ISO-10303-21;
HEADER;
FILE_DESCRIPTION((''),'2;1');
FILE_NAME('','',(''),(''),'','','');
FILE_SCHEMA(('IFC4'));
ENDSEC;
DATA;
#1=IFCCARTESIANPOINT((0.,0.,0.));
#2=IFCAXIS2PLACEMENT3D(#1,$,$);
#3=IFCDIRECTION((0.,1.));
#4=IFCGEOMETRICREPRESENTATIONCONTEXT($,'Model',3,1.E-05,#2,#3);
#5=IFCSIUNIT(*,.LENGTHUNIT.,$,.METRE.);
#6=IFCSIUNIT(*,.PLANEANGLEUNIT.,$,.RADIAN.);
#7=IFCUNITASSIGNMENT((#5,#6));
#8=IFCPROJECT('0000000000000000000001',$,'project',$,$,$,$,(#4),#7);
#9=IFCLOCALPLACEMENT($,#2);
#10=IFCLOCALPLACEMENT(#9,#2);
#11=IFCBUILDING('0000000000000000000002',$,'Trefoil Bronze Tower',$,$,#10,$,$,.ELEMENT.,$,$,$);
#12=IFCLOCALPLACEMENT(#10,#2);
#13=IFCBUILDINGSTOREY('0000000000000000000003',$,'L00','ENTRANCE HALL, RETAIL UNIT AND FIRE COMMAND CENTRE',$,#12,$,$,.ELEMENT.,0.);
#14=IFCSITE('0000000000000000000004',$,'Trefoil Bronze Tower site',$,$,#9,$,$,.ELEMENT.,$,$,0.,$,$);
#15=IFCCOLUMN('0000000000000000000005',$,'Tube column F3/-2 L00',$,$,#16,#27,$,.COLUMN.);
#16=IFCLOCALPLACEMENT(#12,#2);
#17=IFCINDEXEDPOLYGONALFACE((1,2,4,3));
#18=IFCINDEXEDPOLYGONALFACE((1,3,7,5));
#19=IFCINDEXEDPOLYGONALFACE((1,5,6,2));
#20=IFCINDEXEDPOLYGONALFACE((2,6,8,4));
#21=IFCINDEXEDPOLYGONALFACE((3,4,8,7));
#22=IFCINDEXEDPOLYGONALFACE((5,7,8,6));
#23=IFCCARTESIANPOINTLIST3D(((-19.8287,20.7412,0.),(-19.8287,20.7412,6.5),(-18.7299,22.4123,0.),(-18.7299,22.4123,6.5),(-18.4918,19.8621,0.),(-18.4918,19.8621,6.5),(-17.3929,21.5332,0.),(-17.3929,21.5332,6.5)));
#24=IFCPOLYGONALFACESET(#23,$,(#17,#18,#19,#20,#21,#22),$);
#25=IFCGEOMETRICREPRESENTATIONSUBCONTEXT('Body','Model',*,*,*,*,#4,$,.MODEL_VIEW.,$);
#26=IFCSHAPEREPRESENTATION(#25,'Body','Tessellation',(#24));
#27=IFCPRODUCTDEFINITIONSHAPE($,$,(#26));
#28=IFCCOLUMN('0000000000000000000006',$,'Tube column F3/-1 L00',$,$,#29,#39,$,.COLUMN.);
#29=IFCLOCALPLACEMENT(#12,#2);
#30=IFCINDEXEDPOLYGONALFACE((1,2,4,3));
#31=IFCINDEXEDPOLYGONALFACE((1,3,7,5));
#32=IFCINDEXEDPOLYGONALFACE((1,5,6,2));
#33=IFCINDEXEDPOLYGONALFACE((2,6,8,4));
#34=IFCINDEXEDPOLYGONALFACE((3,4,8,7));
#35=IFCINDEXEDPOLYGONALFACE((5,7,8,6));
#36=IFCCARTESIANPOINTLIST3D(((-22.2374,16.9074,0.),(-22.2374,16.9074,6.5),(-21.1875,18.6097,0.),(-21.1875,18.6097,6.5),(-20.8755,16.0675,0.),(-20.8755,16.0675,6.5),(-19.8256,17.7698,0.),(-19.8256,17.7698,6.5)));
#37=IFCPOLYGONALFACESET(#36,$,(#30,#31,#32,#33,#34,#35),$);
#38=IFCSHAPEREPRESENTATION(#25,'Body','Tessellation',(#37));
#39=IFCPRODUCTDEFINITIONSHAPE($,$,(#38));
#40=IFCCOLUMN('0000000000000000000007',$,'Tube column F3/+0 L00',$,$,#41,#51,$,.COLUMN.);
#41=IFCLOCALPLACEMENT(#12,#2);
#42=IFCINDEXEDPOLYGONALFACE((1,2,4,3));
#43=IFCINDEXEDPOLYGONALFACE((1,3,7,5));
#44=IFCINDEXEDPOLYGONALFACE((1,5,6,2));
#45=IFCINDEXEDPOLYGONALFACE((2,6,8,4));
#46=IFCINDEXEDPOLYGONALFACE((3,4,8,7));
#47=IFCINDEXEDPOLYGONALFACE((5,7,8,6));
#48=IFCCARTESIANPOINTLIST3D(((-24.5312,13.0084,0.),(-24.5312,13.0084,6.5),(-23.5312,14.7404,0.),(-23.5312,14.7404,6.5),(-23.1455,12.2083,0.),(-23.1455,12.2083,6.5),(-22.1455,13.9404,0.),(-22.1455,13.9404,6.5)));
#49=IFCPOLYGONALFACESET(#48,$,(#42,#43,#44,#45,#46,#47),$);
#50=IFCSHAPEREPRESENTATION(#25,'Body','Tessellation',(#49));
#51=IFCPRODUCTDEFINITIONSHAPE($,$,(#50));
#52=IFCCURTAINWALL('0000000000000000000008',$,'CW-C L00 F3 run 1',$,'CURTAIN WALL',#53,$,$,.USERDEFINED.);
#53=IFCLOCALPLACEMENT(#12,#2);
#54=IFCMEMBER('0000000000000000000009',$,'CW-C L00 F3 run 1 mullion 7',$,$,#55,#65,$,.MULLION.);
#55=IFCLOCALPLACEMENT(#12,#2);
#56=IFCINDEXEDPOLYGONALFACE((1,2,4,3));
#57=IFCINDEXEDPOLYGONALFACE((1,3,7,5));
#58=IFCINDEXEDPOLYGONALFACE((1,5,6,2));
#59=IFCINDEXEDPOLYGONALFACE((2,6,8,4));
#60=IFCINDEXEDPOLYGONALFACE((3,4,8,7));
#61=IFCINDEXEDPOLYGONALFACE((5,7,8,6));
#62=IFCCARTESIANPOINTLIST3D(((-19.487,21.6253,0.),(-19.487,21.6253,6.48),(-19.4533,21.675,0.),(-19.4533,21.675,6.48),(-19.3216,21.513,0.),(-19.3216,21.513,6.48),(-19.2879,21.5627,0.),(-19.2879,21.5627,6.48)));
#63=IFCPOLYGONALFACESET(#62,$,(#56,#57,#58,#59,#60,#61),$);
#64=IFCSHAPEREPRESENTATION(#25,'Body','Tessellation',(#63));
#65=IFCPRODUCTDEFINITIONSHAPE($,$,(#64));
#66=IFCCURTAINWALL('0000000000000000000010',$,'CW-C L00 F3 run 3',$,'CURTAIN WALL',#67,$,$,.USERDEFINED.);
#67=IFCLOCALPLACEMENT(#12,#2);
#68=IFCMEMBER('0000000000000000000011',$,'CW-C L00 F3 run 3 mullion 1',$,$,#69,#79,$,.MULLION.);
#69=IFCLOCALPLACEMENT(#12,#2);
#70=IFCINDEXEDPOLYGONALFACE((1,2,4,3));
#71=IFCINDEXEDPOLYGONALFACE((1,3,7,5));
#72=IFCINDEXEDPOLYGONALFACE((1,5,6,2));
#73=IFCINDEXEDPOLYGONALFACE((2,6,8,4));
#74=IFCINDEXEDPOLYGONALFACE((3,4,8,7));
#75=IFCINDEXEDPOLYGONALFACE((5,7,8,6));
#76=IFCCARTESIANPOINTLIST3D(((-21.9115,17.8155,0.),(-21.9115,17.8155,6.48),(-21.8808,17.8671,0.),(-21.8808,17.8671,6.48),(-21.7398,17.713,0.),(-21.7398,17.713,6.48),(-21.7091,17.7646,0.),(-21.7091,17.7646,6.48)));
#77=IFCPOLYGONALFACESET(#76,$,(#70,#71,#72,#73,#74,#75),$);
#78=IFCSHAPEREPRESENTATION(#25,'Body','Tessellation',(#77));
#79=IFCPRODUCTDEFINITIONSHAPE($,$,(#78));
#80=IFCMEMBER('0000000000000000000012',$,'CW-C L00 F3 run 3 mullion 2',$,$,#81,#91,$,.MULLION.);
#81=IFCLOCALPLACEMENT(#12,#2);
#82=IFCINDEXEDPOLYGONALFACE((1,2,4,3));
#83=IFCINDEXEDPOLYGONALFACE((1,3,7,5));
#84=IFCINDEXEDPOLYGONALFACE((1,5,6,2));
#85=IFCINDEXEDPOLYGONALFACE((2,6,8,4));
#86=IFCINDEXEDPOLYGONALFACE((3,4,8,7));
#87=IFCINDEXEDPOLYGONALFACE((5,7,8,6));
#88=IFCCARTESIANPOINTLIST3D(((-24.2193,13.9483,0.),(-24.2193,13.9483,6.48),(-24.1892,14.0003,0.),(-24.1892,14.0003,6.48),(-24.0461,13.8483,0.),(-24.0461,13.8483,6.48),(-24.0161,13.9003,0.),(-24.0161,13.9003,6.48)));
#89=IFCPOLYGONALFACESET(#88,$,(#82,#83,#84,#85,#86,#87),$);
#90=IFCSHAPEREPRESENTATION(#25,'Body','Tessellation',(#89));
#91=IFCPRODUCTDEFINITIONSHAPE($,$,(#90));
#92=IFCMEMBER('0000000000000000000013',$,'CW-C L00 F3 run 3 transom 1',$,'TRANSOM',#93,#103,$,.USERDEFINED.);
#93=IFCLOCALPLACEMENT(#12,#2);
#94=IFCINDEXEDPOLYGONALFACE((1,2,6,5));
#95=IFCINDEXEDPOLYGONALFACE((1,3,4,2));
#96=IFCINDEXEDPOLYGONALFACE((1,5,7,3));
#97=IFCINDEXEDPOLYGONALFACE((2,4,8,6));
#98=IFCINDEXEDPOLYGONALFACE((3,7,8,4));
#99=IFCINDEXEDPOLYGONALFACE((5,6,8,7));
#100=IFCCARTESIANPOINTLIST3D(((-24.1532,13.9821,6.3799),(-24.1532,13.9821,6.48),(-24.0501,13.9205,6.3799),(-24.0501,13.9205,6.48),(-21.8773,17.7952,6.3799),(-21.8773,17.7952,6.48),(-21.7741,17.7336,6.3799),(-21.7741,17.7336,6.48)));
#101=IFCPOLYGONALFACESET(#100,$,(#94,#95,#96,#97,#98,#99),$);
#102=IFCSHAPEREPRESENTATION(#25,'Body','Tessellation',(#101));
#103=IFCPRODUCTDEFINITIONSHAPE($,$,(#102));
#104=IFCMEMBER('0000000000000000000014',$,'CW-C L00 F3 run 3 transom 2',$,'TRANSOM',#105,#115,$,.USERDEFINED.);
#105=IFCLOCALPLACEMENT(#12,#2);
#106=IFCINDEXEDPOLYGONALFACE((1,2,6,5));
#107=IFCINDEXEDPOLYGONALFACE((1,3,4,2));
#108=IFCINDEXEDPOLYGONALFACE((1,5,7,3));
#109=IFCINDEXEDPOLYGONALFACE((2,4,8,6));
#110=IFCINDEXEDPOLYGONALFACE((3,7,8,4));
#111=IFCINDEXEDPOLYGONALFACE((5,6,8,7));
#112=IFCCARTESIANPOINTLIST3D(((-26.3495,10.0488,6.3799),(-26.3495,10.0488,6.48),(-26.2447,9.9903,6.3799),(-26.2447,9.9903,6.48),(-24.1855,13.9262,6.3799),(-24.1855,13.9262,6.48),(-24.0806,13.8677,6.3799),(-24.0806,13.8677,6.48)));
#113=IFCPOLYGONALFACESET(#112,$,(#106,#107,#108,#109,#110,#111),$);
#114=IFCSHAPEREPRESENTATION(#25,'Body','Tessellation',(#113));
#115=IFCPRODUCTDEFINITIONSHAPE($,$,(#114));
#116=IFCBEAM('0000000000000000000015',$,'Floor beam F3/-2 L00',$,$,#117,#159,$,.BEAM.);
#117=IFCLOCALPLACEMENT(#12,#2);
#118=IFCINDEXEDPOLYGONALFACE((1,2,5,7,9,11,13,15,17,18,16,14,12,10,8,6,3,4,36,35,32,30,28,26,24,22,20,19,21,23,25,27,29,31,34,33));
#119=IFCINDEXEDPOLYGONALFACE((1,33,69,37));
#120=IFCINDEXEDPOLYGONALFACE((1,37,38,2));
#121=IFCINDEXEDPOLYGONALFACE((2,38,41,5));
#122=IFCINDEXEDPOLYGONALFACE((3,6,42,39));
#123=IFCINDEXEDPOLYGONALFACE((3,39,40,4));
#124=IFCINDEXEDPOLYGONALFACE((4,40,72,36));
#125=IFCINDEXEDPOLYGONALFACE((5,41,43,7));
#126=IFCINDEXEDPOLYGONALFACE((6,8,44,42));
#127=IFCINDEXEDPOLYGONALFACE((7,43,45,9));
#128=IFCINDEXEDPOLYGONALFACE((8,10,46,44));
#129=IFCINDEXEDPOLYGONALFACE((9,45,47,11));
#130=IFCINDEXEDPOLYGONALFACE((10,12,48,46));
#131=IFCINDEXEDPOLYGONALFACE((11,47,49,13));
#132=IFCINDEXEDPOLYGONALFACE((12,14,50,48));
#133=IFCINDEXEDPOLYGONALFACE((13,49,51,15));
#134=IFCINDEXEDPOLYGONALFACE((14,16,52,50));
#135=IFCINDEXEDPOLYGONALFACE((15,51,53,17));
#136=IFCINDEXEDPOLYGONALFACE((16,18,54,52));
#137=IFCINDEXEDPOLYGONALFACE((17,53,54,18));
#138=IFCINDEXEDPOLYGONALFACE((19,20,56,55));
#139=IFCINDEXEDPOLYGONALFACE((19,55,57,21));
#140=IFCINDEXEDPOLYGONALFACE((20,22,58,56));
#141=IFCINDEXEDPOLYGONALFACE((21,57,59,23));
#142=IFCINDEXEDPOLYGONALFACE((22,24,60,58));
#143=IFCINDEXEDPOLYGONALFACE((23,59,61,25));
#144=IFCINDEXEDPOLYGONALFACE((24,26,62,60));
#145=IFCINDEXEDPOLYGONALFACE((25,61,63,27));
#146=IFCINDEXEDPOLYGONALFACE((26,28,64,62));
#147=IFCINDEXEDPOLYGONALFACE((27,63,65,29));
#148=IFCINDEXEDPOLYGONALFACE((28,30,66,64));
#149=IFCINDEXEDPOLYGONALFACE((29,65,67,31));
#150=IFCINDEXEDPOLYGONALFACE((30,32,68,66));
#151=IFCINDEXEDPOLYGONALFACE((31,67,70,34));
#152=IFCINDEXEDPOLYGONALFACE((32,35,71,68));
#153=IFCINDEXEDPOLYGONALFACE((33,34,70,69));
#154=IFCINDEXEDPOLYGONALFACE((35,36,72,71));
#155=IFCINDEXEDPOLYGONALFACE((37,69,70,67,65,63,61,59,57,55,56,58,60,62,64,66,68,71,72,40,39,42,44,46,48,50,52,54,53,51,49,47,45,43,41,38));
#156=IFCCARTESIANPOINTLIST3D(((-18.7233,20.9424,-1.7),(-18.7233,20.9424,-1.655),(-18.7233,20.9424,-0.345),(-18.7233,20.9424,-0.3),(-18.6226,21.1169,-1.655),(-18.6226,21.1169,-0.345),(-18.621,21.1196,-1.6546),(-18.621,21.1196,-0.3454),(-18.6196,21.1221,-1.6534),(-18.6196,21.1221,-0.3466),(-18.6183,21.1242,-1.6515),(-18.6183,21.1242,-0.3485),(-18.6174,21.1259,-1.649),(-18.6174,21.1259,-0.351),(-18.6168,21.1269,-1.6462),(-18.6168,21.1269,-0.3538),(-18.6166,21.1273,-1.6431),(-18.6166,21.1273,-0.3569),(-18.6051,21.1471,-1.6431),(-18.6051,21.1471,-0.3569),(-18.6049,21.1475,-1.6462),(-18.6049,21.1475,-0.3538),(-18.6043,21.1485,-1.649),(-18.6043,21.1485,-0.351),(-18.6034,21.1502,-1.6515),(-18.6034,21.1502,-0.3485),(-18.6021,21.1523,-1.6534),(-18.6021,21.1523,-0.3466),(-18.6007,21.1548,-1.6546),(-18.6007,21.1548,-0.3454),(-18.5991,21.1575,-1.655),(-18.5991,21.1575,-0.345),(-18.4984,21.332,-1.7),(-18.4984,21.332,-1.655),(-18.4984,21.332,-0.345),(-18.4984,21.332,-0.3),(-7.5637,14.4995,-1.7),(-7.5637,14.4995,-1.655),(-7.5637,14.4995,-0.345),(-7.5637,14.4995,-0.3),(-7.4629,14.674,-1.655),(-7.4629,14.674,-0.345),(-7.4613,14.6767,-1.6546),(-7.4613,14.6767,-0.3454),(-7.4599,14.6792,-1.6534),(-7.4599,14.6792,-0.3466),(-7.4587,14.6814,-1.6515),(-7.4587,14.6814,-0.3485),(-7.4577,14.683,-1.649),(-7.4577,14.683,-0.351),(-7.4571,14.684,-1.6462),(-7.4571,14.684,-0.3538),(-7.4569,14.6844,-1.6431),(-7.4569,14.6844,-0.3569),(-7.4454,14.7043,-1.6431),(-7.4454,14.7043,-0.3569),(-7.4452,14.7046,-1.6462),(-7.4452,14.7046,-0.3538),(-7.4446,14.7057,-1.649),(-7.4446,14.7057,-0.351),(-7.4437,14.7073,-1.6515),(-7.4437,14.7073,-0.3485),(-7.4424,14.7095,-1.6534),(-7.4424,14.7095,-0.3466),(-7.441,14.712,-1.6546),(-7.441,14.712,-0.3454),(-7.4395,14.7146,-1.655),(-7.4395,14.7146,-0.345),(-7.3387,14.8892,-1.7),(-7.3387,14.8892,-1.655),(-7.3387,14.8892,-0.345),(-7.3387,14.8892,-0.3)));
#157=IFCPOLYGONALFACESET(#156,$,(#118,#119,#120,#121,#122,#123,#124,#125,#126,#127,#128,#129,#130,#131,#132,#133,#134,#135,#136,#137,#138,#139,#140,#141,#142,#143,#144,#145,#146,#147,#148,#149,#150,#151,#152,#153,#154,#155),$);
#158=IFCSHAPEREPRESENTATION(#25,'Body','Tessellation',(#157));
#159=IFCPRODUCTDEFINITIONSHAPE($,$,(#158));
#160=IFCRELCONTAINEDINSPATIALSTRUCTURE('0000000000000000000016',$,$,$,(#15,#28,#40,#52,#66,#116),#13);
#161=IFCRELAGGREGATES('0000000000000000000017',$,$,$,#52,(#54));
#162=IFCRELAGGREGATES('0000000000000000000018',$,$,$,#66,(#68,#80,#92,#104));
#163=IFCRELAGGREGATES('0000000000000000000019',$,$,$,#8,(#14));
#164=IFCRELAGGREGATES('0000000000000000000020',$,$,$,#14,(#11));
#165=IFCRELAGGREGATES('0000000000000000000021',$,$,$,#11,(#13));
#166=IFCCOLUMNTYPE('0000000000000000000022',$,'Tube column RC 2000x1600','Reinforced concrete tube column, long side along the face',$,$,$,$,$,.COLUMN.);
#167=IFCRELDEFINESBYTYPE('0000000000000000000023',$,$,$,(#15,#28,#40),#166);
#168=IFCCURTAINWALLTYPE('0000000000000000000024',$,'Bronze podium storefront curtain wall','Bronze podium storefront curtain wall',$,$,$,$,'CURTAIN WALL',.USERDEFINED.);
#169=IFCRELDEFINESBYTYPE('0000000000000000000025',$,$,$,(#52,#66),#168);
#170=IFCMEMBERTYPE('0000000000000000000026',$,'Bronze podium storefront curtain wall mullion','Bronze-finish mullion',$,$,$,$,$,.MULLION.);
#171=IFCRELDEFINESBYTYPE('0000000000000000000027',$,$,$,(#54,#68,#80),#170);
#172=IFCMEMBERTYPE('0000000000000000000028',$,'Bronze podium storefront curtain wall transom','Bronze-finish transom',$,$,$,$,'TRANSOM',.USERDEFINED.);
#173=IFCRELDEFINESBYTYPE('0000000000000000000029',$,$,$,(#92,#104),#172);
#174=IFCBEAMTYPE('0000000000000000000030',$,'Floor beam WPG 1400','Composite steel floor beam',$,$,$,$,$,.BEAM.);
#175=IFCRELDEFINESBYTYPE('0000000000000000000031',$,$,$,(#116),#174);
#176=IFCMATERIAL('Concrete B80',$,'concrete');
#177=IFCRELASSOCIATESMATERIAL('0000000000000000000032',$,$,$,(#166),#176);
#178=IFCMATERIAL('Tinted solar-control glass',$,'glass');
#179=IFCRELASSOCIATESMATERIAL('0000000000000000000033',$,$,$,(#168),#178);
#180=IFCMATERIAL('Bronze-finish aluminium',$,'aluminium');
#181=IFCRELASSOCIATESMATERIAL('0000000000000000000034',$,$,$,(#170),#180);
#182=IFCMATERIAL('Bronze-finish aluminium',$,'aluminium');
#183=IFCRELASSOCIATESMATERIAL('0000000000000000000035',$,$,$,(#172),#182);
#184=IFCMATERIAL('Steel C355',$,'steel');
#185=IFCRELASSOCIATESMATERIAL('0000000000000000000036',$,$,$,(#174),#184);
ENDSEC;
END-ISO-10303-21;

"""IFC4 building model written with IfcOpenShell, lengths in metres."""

from ifc_helpers import new_model, si_unit, direction, frame, origin, origin_2d, place, context, subcontext, project, spatial, rectangle, i_section, extrude, material, material_profile, profile_set, type_object, element, aggregate, save


model = new_model("IFC4")

# Units and contexts
model_context = context("Model", 3, precision=1e-05, world=origin(), true_north=direction((0.0, 1.0)))
body_context = subcontext(model_context, "Body", "Model", "MODEL_VIEW")
ifc_project = project(units=[si_unit("LENGTHUNIT", "METRE"), si_unit("PLANEANGLEUNIT", "RADIAN")], contexts=[model_context])

# Site, building, storey
site_placement = place(None, origin())
site = spatial("IfcSite", under=ifc_project, at=site_placement, Name="Trefoil Bronze Tower site", CompositionType="ELEMENT", RefElevation=0.0)
building_placement = place(site_placement, origin())
building = spatial("IfcBuilding", under=site, at=building_placement, Name="Trefoil Bronze Tower", CompositionType="ELEMENT")
storey_placement = place(building_placement, origin())
storey = spatial("IfcBuildingStorey", under=building, at=storey_placement, Name="L00", Description="ENTRANCE HALL, RETAIL UNIT AND FIRE COMMAND CENTRE", CompositionType="ELEMENT", Elevation=0.0)

# Columns
ifc_material_1 = material(Name="Concrete B80", Category="concrete")
ifc_material_profile_1 = material_profile(ifc_material_1, rectangle(XDim=2.0, YDim=1.6001, at=origin_2d()), Name="RC 2000x1600")
ifc_profile_set_1 = profile_set([ifc_material_profile_1], Name="Concrete B80")
column_type = type_object("IfcColumnType", Name="Tube column RC 2000x1600", Description="Reinforced concrete tube column, long side along the face", PredefinedType="COLUMN", material=ifc_profile_set_1)
for number, where, z_axis, x_axis, name in (
    (1, (-18.6108, 21.1372, 0.0), (0.0, 0.0, 1.0), (-0.549424, -0.835544, 0.0), "Tube column F3/-2 L00"),
    (2, (-21.0315, 17.3386, 0.0), (0.0, 0.0, 1.0), (-0.524923, -0.85115, 0.0), "Tube column F3/-1 L00"),
    (3, (-23.3384, 13.4744, 0.0), (0.0, 0.0, 1.0), (-0.5, -0.866025, 0.0), "Tube column F3/+0 L00"),
):
    element("IfcColumn", number, at=place(storey_placement, frame(where, z_axis=z_axis, x_axis=x_axis)), inside=storey, type_object=column_type, Name=name, PredefinedType="COLUMN", context=body_context, shape_type="SweptSolid", body=[
        extrude(rectangle(XDim=2.0, YDim=1.6001, at=origin_2d()), origin(), (0.0, 0.0, 1.0), 6.5),
    ])

# Curtain wall, member
ifc_material_2 = material(Name="Tinted solar-control glass", Category="glass")
curtain_wall_type = type_object("IfcCurtainWallType", Name="Bronze podium storefront curtain wall", Description="Bronze podium storefront curtain wall", ElementType="CURTAIN WALL", PredefinedType="USERDEFINED", material=ifc_material_2)
curtain_wall_1_placement = place(storey_placement, origin())
curtain_wall_1 = element("IfcCurtainWall", 4, at=curtain_wall_1_placement, inside=storey, type_object=curtain_wall_type, Name="CW-C L00 F3 run 1", ObjectType="CURTAIN WALL", PredefinedType="USERDEFINED")
ifc_material_3 = material(Name="Bronze-finish aluminium", Category="aluminium")
ifc_material_profile_2 = material_profile(ifc_material_3, rectangle(XDim=0.2, YDim=0.0601, at=origin_2d()), Name="CW-C mullion")
ifc_profile_set_2 = profile_set([ifc_material_profile_2], Name="Bronze-finish aluminium")
member_type_1 = type_object("IfcMemberType", Name="Bronze podium storefront curtain wall mullion", Description="Bronze-finish mullion", PredefinedType="MULLION", material=ifc_profile_set_2)
member_1_placement = place(storey_placement, frame((-19.3875, 21.594, 0.0), z_axis=(0.0, 0.0, 1.0), x_axis=(0.82747, -0.56151, 0.0)))
member_1 = element("IfcMember", 5, at=member_1_placement, type_object=member_type_1, Name="CW-C L00 F3 run 1 mullion 7", PredefinedType="MULLION", context=body_context, shape_type="SweptSolid", body=[
    extrude(rectangle(XDim=0.2, YDim=0.0601, at=origin_2d()), origin(), (0.0, 0.0, 1.0), 6.48),
])
aggregate(curtain_wall_1, [member_1])

# Curtain wall, members
curtain_wall_2_placement = place(storey_placement, origin())
curtain_wall_2 = element("IfcCurtainWall", 6, at=curtain_wall_2_placement, inside=storey, type_object=curtain_wall_type, Name="CW-C L00 F3 run 3", ObjectType="CURTAIN WALL", PredefinedType="USERDEFINED")
member_2_placement = place(storey_placement, frame((-21.8103, 17.79, 0.0), z_axis=(0.0, 0.0, 1.0), x_axis=(0.85868, -0.512513, 0.0)))
member_2 = element("IfcMember", 7, at=member_2_placement, type_object=member_type_1, Name="CW-C L00 F3 run 3 mullion 1", PredefinedType="MULLION", context=body_context, shape_type="SweptSolid", body=[
    extrude(rectangle(XDim=0.2, YDim=0.0601, at=origin_2d()), origin(), (0.0, 0.0, 1.0), 6.48),
])
member_3_placement = place(storey_placement, frame((-24.1177, 13.9243, 0.0), z_axis=(0.0, 0.0, 1.0), x_axis=(0.866025, -0.5, 0.0)))
member_3 = element("IfcMember", 8, at=member_3_placement, type_object=member_type_1, Name="CW-C L00 F3 run 3 mullion 2", PredefinedType="MULLION", context=body_context, shape_type="SweptSolid", body=[
    extrude(rectangle(XDim=0.2, YDim=0.0601, at=origin_2d()), origin(), (0.0, 0.0, 1.0), 6.48),
])
ifc_material_4 = material(Name="Bronze-finish aluminium", Category="aluminium")
ifc_material_profile_3 = material_profile(ifc_material_4, rectangle(XDim=0.1201, YDim=0.1001, at=origin_2d()), Name="CW-C transom")
ifc_profile_set_3 = profile_set([ifc_material_profile_3], Name="Bronze-finish aluminium")
member_type_2 = type_object("IfcMemberType", Name="Bronze podium storefront curtain wall transom", Description="Bronze-finish transom", ElementType="TRANSOM", PredefinedType="USERDEFINED", material=ifc_profile_set_3)
member_4_placement = place(storey_placement, frame((-21.8257, 17.7644, 6.4299), z_axis=(-0.512522, -0.858674, 0.0), x_axis=(0.858674, -0.512522, 0.0)))
member_4 = element("IfcMember", 9, at=member_4_placement, type_object=member_type_2, Name="CW-C L00 F3 run 3 transom 1", ObjectType="TRANSOM", PredefinedType="USERDEFINED", context=body_context, shape_type="SweptSolid", body=[
    extrude(rectangle(XDim=0.1201, YDim=0.1001, at=origin_2d()), origin(), (0.0, 0.0, 1.0), 4.4407),
])
member_5_placement = place(storey_placement, frame((-24.1331, 13.897, 6.4299), z_axis=(-0.487351, -0.873206, 0.0), x_axis=(0.873206, -0.487351, 0.0)))
member_5 = element("IfcMember", 10, at=member_5_placement, type_object=member_type_2, Name="CW-C L00 F3 run 3 transom 2", ObjectType="TRANSOM", PredefinedType="USERDEFINED", context=body_context, shape_type="SweptSolid", body=[
    extrude(rectangle(XDim=0.1201, YDim=0.1001, at=origin_2d()), origin(), (0.0, 0.0, 1.0), 4.4404),
])

# Beam
ifc_material_5 = material(Name="Steel C355", Category="steel")
ifc_material_profile_4 = material_profile(ifc_material_5, i_section(OverallWidth=0.45, OverallDepth=1.3999, WebThickness=0.0229, FlangeThickness=0.0449, FilletRadius=0.012, at=origin_2d()), Name="WPG 1400")
ifc_profile_set_4 = profile_set([ifc_material_profile_4], Name="Steel C355")
beam_type_1 = type_object("IfcBeamType", Name="Floor beam WPG 1400", Description="Composite steel floor beam", PredefinedType="BEAM", material=ifc_profile_set_4)
beam_1_placement = place(storey_placement, frame((-18.6108, 21.1372, -1.0), z_axis=(0.866031, -0.49999, 0.0), x_axis=(0.49999, 0.866031, 0.0)))
element("IfcBeam", 11, at=beam_1_placement, inside=storey, type_object=beam_type_1, Name="Floor beam F3/-2 L00", PredefinedType="BEAM", context=body_context, shape_type="SweptSolid", body=[
    extrude(i_section(OverallWidth=0.45, OverallDepth=1.3999, WebThickness=0.0229, FlangeThickness=0.0449, FilletRadius=0.012, at=origin_2d()), origin(), (0.0, 0.0, 1.0), 12.886),
])

aggregate(curtain_wall_2, [member_2, member_3, member_4, member_5])

save(model, "model.ifc")
